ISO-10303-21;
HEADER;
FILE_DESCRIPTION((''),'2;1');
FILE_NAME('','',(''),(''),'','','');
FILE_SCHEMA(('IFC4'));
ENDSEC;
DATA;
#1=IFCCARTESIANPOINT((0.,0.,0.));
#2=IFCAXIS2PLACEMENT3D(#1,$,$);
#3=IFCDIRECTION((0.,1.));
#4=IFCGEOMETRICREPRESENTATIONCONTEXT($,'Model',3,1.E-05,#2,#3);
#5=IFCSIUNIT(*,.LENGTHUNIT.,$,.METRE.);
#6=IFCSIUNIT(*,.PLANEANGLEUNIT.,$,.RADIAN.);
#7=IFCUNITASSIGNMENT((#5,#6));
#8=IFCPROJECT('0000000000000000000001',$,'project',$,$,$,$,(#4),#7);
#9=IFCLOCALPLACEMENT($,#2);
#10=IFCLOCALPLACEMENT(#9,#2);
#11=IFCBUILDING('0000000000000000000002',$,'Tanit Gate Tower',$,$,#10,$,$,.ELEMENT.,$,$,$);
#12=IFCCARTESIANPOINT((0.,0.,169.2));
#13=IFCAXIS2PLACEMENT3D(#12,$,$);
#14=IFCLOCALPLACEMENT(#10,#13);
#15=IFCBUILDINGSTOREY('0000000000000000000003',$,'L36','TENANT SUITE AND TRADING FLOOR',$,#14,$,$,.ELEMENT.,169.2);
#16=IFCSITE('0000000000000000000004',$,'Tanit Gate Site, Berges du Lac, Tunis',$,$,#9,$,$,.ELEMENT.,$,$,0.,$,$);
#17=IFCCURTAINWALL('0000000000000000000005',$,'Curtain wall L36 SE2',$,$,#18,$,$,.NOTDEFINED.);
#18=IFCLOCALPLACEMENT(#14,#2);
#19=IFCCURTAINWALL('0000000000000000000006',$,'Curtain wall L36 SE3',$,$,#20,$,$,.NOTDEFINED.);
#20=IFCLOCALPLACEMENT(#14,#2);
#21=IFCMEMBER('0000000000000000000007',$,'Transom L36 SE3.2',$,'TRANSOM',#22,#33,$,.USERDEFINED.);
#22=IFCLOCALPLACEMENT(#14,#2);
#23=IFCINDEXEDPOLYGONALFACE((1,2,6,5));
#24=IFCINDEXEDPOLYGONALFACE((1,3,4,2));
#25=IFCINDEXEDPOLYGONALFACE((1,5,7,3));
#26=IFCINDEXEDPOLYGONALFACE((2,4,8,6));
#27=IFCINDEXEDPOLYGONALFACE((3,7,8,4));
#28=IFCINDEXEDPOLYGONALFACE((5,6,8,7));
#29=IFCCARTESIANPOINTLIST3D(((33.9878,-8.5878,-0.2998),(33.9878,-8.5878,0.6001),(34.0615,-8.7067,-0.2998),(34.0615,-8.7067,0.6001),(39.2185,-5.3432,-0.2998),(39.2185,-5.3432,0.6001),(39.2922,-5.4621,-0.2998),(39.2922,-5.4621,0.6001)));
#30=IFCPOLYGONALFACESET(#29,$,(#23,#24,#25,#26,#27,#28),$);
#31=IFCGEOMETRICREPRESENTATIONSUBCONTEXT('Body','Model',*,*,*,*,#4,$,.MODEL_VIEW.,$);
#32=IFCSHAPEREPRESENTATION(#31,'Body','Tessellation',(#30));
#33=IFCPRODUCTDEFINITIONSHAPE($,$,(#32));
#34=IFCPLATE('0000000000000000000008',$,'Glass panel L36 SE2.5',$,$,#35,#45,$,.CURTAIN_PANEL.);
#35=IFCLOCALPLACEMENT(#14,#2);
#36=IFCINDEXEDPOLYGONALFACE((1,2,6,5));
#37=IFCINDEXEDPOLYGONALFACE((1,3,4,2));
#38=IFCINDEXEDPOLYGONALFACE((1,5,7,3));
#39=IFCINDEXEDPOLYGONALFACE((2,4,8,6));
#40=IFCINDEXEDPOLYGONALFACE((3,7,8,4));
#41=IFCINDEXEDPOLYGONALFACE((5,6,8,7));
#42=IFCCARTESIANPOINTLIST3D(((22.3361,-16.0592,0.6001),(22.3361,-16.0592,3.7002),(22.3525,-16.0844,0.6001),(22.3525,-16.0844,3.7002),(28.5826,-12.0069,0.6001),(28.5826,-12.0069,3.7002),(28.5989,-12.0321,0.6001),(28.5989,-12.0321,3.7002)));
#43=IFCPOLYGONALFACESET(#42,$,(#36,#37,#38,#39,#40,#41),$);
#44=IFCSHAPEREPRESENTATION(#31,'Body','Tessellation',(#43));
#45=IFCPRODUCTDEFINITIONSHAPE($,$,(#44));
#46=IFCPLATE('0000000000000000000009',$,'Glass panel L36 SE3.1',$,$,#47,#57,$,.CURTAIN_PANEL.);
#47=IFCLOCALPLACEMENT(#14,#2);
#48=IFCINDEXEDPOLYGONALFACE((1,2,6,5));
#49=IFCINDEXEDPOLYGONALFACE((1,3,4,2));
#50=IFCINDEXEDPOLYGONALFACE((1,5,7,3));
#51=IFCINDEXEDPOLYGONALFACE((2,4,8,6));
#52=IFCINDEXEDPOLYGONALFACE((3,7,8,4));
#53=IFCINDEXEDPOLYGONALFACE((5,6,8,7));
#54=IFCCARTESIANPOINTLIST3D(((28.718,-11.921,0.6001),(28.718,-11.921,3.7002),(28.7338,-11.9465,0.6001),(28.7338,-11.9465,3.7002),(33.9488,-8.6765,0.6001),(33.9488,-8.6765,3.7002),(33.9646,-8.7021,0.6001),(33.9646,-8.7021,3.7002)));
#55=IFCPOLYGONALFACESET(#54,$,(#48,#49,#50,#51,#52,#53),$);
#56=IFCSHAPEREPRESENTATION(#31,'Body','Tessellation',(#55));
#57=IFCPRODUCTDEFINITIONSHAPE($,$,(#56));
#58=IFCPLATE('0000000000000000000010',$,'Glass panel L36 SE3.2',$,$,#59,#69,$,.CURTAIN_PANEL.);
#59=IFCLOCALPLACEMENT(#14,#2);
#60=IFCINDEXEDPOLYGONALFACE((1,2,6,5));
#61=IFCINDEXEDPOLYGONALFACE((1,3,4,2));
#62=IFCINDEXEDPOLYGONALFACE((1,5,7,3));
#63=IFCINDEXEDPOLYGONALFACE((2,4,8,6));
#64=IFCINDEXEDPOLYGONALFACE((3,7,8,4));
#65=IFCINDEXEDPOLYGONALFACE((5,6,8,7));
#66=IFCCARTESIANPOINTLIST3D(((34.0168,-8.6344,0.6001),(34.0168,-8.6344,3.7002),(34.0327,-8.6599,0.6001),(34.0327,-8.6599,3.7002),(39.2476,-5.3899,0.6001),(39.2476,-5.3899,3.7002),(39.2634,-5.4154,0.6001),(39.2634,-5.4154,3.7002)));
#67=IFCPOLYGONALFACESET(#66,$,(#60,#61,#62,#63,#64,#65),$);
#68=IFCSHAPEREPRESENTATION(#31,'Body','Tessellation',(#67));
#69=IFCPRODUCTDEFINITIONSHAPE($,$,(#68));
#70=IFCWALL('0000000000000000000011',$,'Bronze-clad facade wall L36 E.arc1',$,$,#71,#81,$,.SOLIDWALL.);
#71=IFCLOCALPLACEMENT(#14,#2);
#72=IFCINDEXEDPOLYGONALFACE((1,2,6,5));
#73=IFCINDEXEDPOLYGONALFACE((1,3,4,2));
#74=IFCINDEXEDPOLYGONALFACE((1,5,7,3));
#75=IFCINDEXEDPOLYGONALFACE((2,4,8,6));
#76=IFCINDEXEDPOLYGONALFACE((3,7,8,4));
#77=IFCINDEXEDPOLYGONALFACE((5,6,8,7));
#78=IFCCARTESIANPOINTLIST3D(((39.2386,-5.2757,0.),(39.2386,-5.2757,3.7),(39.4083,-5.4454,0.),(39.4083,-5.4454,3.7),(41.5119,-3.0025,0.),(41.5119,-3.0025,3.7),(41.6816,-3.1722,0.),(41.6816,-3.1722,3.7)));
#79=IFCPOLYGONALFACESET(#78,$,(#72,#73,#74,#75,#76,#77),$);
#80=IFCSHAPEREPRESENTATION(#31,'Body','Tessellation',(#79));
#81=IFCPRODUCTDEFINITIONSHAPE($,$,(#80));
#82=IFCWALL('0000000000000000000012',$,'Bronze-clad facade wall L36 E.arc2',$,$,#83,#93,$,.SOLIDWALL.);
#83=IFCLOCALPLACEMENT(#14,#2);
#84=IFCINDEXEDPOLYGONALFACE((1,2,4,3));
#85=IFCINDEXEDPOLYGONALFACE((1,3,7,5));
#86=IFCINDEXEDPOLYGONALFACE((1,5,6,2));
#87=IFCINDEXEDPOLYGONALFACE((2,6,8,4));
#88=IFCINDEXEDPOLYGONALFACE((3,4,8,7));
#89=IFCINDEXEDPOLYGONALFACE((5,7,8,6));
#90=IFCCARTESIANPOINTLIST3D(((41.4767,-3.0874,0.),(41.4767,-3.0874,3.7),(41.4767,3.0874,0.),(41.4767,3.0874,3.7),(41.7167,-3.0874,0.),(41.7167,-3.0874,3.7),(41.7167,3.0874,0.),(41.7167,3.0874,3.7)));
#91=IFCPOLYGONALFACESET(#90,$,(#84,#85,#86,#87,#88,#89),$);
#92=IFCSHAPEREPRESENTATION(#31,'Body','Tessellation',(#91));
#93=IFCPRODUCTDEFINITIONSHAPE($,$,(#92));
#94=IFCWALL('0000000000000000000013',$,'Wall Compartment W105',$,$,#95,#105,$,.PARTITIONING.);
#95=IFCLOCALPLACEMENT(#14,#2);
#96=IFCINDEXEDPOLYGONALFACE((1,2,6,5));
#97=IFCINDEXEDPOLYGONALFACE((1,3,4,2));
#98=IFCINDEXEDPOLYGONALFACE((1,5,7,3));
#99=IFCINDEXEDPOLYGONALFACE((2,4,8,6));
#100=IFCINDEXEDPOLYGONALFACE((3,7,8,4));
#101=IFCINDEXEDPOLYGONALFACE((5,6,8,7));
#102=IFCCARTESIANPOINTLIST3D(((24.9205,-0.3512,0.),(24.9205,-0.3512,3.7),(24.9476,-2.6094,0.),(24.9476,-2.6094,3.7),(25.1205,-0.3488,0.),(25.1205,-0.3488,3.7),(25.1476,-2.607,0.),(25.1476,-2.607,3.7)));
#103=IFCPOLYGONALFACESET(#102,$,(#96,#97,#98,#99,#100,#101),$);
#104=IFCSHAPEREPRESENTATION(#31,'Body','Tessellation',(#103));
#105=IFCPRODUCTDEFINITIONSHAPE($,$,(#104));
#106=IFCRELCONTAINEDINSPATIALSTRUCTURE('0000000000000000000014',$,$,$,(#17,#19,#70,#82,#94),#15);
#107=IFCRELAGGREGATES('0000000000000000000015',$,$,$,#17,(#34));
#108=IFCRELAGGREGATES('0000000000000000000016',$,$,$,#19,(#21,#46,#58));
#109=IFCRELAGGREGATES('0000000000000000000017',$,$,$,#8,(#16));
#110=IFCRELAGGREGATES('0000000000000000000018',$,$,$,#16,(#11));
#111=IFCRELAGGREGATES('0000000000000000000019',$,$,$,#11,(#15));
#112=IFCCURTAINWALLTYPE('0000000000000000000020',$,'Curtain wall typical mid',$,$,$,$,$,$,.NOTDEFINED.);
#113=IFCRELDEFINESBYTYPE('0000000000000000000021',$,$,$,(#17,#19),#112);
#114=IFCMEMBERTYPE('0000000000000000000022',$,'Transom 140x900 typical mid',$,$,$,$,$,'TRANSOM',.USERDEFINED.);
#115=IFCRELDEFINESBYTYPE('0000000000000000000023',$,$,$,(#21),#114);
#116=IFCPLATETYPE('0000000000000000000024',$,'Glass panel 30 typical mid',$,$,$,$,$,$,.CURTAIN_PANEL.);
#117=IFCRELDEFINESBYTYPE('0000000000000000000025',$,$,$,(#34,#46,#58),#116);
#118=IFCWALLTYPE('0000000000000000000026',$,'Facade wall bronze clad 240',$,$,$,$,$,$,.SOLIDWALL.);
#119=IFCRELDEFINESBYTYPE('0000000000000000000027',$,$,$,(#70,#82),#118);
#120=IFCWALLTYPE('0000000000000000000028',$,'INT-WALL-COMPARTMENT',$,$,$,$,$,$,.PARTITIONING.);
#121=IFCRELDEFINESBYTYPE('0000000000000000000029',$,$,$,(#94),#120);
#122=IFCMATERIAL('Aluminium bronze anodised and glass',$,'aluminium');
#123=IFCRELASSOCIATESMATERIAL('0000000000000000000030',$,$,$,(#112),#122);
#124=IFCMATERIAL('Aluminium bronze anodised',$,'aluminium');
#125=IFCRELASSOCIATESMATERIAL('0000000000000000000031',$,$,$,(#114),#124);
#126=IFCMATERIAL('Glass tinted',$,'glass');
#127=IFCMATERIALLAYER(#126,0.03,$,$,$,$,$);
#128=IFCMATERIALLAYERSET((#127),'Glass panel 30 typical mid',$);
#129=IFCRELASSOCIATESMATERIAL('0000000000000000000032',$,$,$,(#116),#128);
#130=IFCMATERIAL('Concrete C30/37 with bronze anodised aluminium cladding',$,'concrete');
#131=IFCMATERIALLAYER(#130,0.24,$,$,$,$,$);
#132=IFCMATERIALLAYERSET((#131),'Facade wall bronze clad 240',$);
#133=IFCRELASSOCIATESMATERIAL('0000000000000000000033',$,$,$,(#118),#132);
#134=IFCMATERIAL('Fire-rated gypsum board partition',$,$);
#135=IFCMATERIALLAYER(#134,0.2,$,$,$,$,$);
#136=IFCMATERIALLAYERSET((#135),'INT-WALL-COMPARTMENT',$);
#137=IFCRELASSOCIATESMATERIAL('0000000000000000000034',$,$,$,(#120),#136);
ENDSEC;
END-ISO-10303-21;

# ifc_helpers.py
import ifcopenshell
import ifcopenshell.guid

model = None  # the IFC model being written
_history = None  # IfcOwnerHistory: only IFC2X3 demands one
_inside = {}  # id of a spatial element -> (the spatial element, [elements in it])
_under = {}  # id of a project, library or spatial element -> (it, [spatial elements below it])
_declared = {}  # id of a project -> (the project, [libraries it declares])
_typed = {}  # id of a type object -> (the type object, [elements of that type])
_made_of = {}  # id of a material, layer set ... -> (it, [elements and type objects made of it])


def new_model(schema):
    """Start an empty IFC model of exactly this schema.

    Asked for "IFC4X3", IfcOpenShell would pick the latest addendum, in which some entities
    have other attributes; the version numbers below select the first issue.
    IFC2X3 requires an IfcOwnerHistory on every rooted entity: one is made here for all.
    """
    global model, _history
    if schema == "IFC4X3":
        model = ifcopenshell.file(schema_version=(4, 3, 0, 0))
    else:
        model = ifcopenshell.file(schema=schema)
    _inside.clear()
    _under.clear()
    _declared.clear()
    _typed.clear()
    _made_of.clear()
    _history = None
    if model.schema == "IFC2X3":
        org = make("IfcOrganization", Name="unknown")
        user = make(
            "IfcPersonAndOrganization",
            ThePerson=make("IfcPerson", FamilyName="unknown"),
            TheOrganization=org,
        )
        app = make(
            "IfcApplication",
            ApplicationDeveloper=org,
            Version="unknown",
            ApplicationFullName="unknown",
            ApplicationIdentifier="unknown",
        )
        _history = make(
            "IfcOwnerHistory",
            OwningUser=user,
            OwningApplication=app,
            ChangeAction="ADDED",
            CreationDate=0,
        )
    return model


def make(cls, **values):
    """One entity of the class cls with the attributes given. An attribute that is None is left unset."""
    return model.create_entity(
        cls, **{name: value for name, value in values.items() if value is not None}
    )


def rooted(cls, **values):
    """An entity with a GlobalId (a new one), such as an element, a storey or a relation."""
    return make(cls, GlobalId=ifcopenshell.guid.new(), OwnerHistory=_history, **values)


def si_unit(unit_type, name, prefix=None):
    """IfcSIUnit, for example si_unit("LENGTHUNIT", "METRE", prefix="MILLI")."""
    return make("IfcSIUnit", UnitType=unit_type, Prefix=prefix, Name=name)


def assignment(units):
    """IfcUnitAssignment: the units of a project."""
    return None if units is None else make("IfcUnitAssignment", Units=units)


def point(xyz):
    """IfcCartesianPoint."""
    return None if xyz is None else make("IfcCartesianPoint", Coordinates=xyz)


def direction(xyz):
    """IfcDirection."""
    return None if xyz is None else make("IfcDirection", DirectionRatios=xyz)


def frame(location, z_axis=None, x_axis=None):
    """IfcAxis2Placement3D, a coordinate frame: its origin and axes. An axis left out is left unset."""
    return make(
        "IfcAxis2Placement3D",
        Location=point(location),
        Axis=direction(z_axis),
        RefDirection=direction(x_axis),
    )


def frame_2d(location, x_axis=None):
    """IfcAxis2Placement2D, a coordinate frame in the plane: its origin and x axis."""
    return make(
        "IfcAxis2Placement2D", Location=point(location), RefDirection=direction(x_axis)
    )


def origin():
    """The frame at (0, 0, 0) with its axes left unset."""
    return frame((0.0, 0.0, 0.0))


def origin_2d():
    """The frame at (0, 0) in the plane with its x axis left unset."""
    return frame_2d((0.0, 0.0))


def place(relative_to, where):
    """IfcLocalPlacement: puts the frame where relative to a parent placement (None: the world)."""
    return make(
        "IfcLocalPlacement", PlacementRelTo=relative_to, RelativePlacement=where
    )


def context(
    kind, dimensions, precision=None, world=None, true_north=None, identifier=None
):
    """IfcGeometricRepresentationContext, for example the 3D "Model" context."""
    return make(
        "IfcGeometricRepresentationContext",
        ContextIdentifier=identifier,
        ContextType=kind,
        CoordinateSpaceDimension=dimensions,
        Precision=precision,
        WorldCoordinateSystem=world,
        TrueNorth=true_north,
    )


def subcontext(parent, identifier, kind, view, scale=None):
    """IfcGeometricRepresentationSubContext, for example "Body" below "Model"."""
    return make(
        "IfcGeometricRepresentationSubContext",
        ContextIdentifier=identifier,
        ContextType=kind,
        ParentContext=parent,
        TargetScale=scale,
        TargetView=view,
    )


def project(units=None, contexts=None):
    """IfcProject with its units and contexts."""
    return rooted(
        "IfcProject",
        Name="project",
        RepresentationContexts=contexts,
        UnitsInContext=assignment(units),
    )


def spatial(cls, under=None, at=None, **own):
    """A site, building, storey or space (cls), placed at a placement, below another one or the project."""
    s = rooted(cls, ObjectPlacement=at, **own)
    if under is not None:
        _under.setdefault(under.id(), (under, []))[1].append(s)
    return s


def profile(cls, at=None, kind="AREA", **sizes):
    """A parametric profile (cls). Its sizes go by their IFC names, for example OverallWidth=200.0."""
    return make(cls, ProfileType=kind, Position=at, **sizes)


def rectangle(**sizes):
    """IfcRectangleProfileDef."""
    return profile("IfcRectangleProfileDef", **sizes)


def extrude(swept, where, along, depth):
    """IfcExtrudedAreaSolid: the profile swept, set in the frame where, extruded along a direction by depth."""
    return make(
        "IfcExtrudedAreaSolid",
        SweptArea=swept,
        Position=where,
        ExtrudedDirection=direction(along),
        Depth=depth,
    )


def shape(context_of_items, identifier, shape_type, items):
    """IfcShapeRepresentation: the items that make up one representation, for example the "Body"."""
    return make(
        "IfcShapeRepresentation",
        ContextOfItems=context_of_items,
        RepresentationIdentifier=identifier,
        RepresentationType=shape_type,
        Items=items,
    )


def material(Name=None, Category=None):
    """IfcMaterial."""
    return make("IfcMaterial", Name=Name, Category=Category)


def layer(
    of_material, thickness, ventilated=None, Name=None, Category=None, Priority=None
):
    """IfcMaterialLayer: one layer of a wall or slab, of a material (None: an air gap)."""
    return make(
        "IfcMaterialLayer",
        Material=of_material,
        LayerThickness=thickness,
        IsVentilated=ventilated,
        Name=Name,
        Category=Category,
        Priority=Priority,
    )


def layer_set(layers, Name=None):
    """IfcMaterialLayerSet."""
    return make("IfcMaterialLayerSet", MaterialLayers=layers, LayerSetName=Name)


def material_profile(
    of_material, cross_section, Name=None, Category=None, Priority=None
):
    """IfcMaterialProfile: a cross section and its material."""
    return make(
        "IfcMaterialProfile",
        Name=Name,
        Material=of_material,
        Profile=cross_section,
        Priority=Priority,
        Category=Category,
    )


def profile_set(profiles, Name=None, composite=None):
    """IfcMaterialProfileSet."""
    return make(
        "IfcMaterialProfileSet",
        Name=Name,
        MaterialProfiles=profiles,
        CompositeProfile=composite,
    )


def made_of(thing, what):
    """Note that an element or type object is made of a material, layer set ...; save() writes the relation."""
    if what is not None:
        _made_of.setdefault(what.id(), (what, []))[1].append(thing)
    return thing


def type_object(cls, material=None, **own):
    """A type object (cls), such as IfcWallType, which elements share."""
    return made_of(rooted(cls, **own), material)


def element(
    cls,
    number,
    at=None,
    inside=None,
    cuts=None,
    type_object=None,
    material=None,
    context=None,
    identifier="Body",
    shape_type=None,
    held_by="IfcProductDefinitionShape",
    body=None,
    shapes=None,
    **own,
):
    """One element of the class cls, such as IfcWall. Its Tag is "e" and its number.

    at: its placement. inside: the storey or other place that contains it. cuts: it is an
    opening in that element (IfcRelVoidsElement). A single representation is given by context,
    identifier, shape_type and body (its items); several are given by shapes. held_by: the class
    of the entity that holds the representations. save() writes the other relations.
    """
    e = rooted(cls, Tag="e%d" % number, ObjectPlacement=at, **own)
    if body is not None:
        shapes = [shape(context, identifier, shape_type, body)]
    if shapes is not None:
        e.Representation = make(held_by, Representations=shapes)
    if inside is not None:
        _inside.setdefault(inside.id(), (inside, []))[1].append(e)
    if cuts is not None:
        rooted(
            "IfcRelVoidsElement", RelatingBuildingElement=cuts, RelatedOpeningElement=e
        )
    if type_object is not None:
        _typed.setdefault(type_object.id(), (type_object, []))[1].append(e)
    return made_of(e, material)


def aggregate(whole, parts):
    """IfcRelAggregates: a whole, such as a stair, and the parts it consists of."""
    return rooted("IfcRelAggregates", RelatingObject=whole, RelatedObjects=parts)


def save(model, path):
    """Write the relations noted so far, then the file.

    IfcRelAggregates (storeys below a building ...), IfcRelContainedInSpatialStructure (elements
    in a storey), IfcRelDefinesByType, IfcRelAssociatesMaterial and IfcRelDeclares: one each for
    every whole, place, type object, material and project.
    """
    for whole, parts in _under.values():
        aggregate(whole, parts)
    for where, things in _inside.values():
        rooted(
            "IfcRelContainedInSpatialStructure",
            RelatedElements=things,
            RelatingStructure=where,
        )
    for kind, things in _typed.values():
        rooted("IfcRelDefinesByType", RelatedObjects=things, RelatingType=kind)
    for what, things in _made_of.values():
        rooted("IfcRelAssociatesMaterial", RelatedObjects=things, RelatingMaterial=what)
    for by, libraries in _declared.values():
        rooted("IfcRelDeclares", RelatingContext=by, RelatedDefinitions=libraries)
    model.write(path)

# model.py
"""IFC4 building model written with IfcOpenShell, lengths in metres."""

from ifc_helpers import new_model, si_unit, direction, frame, frame_2d, origin, origin_2d, place, context, subcontext, project, spatial, rectangle, extrude, material, layer, layer_set, material_profile, profile_set, type_object, element, aggregate, save


model = new_model("IFC4")

# Units and contexts
model_context = context("Model", 3, precision=1e-05, world=origin(), true_north=direction((0.0, 1.0)))
body_context = subcontext(model_context, "Body", "Model", "MODEL_VIEW")
ifc_project = project(units=[si_unit("LENGTHUNIT", "METRE"), si_unit("PLANEANGLEUNIT", "RADIAN")], contexts=[model_context])

# Site, building, storey
site_placement = place(None, origin())
site = spatial("IfcSite", under=ifc_project, at=site_placement, Name="Tanit Gate Site, Berges du Lac, Tunis", CompositionType="ELEMENT", RefElevation=0.0)
building_placement = place(site_placement, origin())
building = spatial("IfcBuilding", under=site, at=building_placement, Name="Tanit Gate Tower", CompositionType="ELEMENT")
storey_placement = place(building_placement, frame((0.0, 0.0, 169.2)))
storey = spatial("IfcBuildingStorey", under=building, at=storey_placement, Name="L36", Description="TENANT SUITE AND TRADING FLOOR", CompositionType="ELEMENT", Elevation=169.2)

# Curtain wall
ifc_material_1 = material(Name="Aluminium bronze anodised and glass", Category="aluminium")
curtain_wall_type = type_object("IfcCurtainWallType", Name="Curtain wall typical mid", PredefinedType="NOTDEFINED", material=ifc_material_1)
curtain_wall_1_placement = place(storey_placement, origin())
curtain_wall_1 = element("IfcCurtainWall", 1, at=curtain_wall_1_placement, inside=storey, type_object=curtain_wall_type, Name="Curtain wall L36 SE2", PredefinedType="NOTDEFINED")

# Curtain wall
curtain_wall_2_placement = place(storey_placement, origin())
curtain_wall_2 = element("IfcCurtainWall", 2, at=curtain_wall_2_placement, inside=storey, type_object=curtain_wall_type, Name="Curtain wall L36 SE3", PredefinedType="NOTDEFINED")

# Member
ifc_material_2 = material(Name="Aluminium bronze anodised", Category="aluminium")
ifc_material_profile_1 = material_profile(ifc_material_2, rectangle(XDim=0.1399, YDim=0.8999, at=origin_2d()), Name="140x900 bronze transom")
ifc_profile_set_1 = profile_set([ifc_material_profile_1], Name="Aluminium bronze anodised")
member_type_1 = type_object("IfcMemberType", Name="Transom 140x900 typical mid", ElementType="TRANSOM", PredefinedType="USERDEFINED", material=ifc_profile_set_1)
member_1_placement = place(storey_placement, frame((34.0247, -8.6472, 0.1501), z_axis=(0.849787, 0.527126, 0.0), x_axis=(-0.527126, 0.849787, 0.0)))
member_1 = element("IfcMember", 3, at=member_1_placement, type_object=member_type_1, Name="Transom L36 SE3.2", ObjectType="TRANSOM", PredefinedType="USERDEFINED", context=body_context, shape_type="SweptSolid", body=[
    extrude(rectangle(XDim=0.1399, YDim=0.8999, at=origin_2d()), origin(), (0.0, 0.0, 1.0), 6.1553),
])

# Plates
ifc_material_3 = material(Name="Glass tinted", Category="glass")
ifc_layer_1 = layer(ifc_material_3, 0.03)
ifc_layer_set_1 = layer_set([ifc_layer_1], Name="Glass panel 30 typical mid")
plate_type = type_object("IfcPlateType", Name="Glass panel 30 typical mid", PredefinedType="CURTAIN_PANEL", material=ifc_layer_set_1)
plate_1_placement = place(storey_placement, frame((25.4675, -14.0457, 0.6001), z_axis=(0.0, 0.0, 1.0), x_axis=(0.838927, 0.544243, 0.0)))
plate_1 = element("IfcPlate", 4, at=plate_1_placement, type_object=plate_type, Name="Glass panel L36 SE2.5", PredefinedType="CURTAIN_PANEL", context=body_context, shape_type="SweptSolid", body=[
    extrude(rectangle(XDim=7.4458, YDim=0.03, at=origin_2d()), origin(), (0.0, 0.0, 1.0), 3.1001),
])
aggregate(curtain_wall_1, [plate_1])
plate_2_placement = place(storey_placement, frame((31.3413, -10.3115, 0.6001), z_axis=(0.0, 0.0, 1.0), x_axis=(0.849802, 0.527102, 0.0)))
plate_2 = element("IfcPlate", 5, at=plate_2_placement, type_object=plate_type, Name="Glass panel L36 SE3.1", PredefinedType="CURTAIN_PANEL", context=body_context, shape_type="SweptSolid", body=[
    extrude(rectangle(XDim=6.1553, YDim=0.03, at=origin_2d()), origin(), (0.0, 0.0, 1.0), 3.1001),
])
plate_3_placement = place(storey_placement, frame((36.6401, -7.0249, 0.6001), z_axis=(0.0, 0.0, 1.0), x_axis=(0.849802, 0.527102, 0.0)))
plate_3 = element("IfcPlate", 6, at=plate_3_placement, type_object=plate_type, Name="Glass panel L36 SE3.2", PredefinedType="CURTAIN_PANEL", context=body_context, shape_type="SweptSolid", body=[
    extrude(rectangle(XDim=6.1553, YDim=0.03, at=origin_2d()), origin(), (0.0, 0.0, 1.0), 3.1001),
])
aggregate(curtain_wall_2, [member_1, plate_2, plate_3])

# Walls
ifc_material_4 = material(Name="Concrete C30/37 with bronze anodised aluminium cladding", Category="concrete")
ifc_layer_2 = layer(ifc_material_4, 0.24)
ifc_layer_set_2 = layer_set([ifc_layer_2], Name="Facade wall bronze clad 240")
wall_type_1 = type_object("IfcWallType", Name="Facade wall bronze clad 240", PredefinedType="SOLIDWALL", material=ifc_layer_set_2)
wall_1_placement = place(storey_placement, frame((39.3235, -5.3606, 0.0), z_axis=(0.0, 0.0, 1.0), x_axis=(0.707107, 0.707107, 0.0)))
element("IfcWall", 7, at=wall_1_placement, inside=storey, type_object=wall_type_1, Name="Bronze-clad facade wall L36 E.arc1", PredefinedType="SOLIDWALL", context=body_context, shape_type="SweptSolid", body=[
    extrude(rectangle(XDim=3.2148, YDim=0.24, at=frame_2d((1.6074, 0.0))), origin(), (0.0, 0.0, 1.0), 3.7),
])
wall_2_placement = place(storey_placement, frame((41.5967, -3.0874, 0.0), z_axis=(0.0, 0.0, 1.0), x_axis=(0.0, 1.0, 0.0)))
element("IfcWall", 8, at=wall_2_placement, inside=storey, type_object=wall_type_1, Name="Bronze-clad facade wall L36 E.arc2", PredefinedType="SOLIDWALL", context=body_context, shape_type="SweptSolid", body=[
    extrude(rectangle(XDim=6.1748, YDim=0.24, at=frame_2d((3.0874, 0.0))), origin(), (0.0, 0.0, 1.0), 3.7),
])
ifc_material_5 = material(Name="Fire-rated gypsum board partition")
ifc_layer_3 = layer(ifc_material_5, 0.2)
ifc_layer_set_3 = layer_set([ifc_layer_3], Name="INT-WALL-COMPARTMENT")
wall_type_2 = type_object("IfcWallType", Name="INT-WALL-COMPARTMENT", PredefinedType="PARTITIONING", material=ifc_layer_set_3)
wall_3_placement = place(storey_placement, frame((25.0476, -2.6082, 0.0), z_axis=(0.0, 0.0, 1.0), x_axis=(-0.012, 0.999928, 0.0)))
element("IfcWall", 9, at=wall_3_placement, inside=storey, type_object=wall_type_2, Name="Wall Compartment W105", PredefinedType="PARTITIONING", context=body_context, shape_type="SweptSolid", body=[
    extrude(rectangle(XDim=2.2583, YDim=0.2, at=frame_2d((1.1292, 0.0))), origin(), (0.0, 0.0, 1.0), 3.7),
])

save(model, "model.ifc")
